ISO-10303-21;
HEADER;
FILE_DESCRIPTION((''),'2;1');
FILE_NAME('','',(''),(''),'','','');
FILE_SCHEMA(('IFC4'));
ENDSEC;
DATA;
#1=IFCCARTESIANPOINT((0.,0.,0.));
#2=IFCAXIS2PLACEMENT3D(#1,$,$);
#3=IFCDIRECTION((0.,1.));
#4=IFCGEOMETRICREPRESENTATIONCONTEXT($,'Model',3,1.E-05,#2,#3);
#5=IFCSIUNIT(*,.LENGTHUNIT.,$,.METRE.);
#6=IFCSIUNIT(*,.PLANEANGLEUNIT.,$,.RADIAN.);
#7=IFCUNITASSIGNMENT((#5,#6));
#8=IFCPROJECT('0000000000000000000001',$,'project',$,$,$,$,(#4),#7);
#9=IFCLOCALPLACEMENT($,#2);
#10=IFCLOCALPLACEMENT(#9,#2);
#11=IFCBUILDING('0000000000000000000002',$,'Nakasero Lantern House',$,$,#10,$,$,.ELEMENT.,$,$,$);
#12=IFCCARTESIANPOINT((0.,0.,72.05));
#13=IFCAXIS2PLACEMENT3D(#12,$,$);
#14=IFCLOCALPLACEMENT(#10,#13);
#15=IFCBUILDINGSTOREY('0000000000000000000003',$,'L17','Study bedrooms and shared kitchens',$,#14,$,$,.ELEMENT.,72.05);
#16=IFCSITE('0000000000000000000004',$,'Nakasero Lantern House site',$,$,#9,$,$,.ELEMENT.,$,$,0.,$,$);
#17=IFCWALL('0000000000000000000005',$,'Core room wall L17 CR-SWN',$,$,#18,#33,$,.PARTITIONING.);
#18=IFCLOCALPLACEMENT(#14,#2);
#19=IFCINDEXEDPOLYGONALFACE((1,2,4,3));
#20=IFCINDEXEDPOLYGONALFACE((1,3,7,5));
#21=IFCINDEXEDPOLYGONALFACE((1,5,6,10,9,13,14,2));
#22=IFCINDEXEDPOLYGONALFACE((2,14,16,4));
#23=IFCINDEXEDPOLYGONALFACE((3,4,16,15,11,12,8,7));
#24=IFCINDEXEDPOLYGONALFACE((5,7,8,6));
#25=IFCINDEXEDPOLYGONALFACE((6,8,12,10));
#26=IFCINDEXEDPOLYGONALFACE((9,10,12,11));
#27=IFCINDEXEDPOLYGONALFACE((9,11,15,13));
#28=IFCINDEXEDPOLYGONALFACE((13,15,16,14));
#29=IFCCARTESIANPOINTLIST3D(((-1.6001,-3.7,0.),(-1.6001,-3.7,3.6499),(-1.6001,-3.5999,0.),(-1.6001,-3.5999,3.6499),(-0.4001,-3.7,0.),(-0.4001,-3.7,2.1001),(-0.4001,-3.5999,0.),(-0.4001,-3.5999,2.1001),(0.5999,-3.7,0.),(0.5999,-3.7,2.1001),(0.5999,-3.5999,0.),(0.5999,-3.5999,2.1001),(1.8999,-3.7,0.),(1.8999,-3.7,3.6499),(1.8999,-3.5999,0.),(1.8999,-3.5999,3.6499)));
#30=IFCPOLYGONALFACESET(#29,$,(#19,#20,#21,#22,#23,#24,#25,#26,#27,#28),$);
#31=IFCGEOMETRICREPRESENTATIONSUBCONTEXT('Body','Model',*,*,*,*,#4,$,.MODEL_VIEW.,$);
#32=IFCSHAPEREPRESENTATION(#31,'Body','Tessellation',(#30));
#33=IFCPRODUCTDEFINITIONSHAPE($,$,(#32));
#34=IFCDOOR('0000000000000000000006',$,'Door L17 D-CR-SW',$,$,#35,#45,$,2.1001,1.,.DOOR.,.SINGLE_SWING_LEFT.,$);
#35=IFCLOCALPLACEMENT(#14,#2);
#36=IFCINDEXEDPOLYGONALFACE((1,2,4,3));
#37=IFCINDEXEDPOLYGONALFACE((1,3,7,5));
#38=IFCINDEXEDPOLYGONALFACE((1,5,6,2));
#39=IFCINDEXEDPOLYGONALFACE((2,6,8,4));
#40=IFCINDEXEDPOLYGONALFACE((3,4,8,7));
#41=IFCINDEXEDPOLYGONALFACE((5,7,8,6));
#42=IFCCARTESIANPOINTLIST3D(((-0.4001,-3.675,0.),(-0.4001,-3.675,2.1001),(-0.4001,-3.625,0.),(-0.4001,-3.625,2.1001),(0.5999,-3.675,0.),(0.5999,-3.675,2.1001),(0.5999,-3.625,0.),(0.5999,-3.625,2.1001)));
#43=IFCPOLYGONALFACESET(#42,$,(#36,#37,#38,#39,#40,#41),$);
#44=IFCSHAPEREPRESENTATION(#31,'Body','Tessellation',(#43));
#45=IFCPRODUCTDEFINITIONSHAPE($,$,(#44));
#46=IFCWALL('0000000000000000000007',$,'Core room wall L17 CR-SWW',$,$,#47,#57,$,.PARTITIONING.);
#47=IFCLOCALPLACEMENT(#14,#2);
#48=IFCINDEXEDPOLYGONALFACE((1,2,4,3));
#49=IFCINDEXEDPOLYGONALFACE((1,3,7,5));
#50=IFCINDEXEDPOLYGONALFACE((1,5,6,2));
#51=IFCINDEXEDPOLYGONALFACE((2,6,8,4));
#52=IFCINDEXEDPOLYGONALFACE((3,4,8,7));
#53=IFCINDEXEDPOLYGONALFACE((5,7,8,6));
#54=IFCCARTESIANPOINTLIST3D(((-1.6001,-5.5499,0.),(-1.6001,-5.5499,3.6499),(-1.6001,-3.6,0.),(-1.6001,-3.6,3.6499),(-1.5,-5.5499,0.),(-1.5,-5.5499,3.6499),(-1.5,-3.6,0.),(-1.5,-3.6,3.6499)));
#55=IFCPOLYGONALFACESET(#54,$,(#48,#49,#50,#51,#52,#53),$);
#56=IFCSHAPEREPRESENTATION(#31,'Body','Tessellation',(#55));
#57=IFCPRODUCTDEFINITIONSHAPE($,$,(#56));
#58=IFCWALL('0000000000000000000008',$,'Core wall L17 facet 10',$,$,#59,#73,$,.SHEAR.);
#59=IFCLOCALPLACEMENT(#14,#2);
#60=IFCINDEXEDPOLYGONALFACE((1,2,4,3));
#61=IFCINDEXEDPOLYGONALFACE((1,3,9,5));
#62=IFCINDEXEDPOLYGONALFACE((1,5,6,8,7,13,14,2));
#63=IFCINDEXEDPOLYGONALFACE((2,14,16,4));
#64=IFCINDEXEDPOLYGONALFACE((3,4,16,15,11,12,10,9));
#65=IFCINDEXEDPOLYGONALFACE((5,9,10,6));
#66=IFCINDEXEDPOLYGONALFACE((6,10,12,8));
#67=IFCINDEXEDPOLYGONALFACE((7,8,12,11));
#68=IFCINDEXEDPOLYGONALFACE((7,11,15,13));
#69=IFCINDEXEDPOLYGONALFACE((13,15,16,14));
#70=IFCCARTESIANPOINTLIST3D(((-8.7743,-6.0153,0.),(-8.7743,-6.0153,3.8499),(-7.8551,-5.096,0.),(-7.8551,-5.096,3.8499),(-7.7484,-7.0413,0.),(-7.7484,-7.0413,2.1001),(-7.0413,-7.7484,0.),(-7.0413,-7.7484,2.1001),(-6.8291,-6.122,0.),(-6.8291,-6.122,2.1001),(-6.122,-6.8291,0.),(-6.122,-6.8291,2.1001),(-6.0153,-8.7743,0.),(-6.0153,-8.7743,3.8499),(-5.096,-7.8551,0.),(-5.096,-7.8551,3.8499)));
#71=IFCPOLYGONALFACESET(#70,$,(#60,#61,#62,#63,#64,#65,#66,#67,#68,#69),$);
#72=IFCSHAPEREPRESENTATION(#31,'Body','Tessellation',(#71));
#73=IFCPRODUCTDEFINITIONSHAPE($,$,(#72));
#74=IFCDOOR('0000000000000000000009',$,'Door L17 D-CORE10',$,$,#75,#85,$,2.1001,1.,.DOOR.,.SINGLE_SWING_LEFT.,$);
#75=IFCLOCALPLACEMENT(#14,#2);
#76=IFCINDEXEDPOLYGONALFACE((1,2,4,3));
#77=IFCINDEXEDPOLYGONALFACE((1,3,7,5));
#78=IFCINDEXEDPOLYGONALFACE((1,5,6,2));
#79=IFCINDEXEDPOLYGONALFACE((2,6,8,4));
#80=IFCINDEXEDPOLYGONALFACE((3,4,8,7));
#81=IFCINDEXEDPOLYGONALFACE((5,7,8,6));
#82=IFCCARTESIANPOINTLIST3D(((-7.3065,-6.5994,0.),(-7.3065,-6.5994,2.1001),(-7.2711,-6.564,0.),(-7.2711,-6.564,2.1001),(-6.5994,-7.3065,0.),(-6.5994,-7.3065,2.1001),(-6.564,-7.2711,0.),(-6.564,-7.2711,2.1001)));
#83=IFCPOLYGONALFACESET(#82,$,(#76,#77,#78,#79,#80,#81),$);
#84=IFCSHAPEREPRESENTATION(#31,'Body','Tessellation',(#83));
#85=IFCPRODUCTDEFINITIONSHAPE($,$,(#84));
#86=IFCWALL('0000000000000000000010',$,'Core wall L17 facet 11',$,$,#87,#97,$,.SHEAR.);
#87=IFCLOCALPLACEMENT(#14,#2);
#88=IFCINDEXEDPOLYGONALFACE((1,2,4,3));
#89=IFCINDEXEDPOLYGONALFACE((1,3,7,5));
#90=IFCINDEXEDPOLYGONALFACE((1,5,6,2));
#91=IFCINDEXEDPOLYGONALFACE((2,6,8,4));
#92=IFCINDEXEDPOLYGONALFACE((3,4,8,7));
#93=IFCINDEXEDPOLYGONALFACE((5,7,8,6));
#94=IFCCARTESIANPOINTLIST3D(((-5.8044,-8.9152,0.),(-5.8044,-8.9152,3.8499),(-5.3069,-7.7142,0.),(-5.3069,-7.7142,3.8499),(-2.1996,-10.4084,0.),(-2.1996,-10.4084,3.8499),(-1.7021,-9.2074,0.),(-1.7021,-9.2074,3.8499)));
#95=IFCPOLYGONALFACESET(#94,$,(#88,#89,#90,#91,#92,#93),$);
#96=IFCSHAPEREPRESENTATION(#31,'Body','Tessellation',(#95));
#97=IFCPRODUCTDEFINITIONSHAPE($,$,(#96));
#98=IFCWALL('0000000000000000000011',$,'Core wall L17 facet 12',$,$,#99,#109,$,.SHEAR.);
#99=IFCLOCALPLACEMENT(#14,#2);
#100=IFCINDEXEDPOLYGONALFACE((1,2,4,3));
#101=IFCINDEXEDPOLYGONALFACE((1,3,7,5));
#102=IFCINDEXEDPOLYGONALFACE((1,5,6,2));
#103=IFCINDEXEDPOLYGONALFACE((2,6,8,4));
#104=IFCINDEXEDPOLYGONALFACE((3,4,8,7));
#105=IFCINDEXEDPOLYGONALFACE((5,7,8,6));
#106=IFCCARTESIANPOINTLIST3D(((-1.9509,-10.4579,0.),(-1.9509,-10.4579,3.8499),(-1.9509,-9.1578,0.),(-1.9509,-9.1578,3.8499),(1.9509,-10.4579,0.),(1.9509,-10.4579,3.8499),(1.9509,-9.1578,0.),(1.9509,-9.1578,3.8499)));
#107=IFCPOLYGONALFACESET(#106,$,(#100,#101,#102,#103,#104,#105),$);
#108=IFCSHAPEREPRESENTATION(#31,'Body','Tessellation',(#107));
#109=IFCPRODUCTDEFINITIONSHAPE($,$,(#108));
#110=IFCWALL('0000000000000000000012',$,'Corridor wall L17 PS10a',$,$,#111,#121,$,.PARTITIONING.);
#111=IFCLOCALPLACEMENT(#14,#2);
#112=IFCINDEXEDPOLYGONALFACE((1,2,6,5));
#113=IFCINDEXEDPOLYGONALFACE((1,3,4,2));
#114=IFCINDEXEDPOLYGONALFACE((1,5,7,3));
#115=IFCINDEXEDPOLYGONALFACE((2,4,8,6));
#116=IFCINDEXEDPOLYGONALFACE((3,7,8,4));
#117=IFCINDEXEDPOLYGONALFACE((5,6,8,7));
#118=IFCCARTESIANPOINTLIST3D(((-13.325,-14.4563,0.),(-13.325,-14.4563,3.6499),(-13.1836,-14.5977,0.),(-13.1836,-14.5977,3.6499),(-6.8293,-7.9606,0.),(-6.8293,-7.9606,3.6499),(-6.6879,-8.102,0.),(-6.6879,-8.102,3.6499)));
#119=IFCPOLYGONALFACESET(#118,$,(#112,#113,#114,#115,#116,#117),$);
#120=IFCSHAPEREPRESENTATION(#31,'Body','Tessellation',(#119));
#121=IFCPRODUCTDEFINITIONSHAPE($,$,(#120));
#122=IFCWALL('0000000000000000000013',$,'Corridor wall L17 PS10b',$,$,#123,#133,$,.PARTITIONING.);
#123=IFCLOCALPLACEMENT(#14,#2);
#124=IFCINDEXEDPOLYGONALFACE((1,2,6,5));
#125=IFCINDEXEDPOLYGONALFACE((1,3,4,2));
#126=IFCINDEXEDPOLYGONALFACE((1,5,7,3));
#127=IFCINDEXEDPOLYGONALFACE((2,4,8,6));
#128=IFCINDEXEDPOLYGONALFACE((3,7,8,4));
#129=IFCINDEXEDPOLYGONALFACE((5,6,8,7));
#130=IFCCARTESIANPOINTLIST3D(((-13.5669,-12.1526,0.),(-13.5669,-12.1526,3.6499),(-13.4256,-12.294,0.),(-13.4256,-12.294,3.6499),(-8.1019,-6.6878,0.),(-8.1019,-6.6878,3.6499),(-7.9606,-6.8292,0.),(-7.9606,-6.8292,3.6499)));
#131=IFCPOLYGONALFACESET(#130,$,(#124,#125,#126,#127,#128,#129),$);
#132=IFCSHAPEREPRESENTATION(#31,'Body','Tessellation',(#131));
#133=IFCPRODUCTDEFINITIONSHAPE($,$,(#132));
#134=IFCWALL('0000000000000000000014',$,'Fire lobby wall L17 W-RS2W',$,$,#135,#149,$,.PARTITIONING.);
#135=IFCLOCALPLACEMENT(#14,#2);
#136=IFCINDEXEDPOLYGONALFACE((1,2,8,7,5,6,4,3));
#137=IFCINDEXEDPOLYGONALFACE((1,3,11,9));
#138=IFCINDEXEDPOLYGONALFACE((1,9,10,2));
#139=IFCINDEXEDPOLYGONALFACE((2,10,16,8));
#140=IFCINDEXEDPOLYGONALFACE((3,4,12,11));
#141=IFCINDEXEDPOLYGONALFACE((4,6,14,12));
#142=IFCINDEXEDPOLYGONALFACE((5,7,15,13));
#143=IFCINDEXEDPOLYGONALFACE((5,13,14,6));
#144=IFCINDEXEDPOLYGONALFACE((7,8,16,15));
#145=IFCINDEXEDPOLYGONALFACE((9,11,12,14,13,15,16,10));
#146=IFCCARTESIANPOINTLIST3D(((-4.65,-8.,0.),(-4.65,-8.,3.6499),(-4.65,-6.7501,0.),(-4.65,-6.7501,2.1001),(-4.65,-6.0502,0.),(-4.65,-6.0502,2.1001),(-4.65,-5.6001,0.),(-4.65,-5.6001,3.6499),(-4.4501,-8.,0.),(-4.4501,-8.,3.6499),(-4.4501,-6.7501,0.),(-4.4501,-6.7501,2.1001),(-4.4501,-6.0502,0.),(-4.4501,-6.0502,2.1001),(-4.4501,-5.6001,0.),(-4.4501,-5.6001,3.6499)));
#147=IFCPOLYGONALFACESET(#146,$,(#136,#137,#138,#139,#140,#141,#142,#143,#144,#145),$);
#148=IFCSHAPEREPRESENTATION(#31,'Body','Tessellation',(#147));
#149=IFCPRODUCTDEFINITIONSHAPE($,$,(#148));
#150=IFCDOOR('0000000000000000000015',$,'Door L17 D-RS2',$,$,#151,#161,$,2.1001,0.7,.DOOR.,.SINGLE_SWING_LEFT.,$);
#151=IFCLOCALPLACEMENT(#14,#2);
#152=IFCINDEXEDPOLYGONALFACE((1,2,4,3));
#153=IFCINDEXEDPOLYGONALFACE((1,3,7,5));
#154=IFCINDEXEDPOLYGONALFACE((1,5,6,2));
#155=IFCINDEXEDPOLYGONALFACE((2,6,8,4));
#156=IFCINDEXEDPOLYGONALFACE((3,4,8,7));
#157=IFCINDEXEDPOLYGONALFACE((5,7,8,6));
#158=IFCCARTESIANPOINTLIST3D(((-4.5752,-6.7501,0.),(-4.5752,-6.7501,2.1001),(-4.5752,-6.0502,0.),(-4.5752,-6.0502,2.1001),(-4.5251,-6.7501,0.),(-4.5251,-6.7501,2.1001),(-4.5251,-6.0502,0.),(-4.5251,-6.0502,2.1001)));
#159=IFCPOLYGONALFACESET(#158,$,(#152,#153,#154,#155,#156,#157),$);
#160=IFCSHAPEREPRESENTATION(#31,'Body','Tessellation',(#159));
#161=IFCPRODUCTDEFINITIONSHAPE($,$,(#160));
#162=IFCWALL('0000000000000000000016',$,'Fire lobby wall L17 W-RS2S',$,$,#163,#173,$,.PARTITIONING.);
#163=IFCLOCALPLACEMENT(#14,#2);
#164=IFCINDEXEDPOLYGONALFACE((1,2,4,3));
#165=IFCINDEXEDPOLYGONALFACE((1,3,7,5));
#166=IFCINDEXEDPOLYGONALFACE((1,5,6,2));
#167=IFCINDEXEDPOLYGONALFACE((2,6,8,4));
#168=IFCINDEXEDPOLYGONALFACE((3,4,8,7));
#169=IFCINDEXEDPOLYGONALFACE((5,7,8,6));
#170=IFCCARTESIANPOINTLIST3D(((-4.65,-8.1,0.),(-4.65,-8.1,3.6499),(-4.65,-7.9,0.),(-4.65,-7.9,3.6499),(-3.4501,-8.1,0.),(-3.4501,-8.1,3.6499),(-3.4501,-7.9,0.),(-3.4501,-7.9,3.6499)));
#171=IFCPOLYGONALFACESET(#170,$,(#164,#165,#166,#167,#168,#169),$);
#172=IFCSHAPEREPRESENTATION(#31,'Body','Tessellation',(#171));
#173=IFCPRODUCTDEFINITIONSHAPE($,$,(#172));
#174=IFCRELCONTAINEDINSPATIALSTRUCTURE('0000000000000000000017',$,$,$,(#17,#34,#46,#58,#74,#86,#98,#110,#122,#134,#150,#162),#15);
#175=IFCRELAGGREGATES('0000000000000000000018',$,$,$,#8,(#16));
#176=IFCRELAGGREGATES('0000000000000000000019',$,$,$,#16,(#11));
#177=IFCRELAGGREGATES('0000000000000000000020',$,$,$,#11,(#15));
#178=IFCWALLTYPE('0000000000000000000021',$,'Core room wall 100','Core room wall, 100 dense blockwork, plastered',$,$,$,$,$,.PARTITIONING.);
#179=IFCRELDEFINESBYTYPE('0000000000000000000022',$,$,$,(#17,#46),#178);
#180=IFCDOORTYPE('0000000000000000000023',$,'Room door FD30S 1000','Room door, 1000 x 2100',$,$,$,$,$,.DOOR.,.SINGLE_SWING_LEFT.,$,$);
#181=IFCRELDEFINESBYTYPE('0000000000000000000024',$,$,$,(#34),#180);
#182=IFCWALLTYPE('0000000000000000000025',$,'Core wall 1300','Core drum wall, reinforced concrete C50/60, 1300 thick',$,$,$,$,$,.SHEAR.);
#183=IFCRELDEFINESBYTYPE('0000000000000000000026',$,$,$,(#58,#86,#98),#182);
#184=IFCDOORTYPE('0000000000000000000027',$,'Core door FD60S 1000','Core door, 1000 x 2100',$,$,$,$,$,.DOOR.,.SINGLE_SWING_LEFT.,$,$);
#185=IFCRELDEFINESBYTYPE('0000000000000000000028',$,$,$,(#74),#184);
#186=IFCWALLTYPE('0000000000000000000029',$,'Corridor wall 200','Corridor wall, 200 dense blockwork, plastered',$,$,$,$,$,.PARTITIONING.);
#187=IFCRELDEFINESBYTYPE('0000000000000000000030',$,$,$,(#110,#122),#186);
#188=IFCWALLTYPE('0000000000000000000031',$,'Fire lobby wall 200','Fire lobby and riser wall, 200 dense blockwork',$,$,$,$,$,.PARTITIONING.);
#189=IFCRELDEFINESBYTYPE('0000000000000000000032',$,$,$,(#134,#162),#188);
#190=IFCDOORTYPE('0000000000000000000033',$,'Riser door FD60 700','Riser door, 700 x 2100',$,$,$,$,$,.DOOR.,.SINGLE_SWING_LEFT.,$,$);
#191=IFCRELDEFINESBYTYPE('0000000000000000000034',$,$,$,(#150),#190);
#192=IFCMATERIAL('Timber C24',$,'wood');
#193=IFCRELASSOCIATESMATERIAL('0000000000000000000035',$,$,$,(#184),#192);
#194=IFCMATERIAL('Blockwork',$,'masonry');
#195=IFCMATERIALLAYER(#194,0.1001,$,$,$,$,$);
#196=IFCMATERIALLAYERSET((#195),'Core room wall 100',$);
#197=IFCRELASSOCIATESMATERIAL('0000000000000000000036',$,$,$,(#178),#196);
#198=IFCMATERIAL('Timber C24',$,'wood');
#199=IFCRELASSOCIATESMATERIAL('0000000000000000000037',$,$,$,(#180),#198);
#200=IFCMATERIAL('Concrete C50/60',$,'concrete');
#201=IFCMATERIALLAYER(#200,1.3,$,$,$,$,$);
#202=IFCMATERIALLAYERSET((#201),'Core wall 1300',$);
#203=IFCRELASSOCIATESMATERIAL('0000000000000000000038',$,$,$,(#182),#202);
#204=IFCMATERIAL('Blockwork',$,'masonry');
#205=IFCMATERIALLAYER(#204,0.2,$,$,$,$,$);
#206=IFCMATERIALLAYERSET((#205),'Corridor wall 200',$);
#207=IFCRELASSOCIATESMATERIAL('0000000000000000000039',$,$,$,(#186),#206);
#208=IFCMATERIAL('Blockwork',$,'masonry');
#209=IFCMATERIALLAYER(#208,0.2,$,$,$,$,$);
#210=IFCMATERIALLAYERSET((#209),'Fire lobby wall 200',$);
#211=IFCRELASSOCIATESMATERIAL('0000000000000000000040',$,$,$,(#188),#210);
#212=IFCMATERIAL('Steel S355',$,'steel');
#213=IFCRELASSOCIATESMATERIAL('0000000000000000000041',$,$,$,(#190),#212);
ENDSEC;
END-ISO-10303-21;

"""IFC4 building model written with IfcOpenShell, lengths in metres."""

from ifc_helpers import new_model, si_unit, direction, frame, frame_2d, origin, place, context, subcontext, project, spatial, rectangle, extrude, material, layer, layer_set, type_object, element, fill, save


model = new_model("IFC4")

# Units and contexts
model_context = context("Model", 3, precision=1e-05, world=origin(), true_north=direction((0.0, 1.0)))
body_context = subcontext(model_context, "Body", "Model", "MODEL_VIEW")
ifc_project = project(units=[si_unit("LENGTHUNIT", "METRE"), si_unit("PLANEANGLEUNIT", "RADIAN")], contexts=[model_context])

# Site, building, storey
site_placement = place(None, origin())
site = spatial("IfcSite", under=ifc_project, at=site_placement, Name="Nakasero Lantern House site", CompositionType="ELEMENT", RefElevation=0.0)
building_placement = place(site_placement, origin())
building = spatial("IfcBuilding", under=site, at=building_placement, Name="Nakasero Lantern House", CompositionType="ELEMENT")
storey_placement = place(building_placement, frame((0.0, 0.0, 72.05)))
storey = spatial("IfcBuildingStorey", under=building, at=storey_placement, Name="L17", Description="Study bedrooms and shared kitchens", CompositionType="ELEMENT", Elevation=72.05)

# Shared definitions
ifc_material_1 = material(Name="Timber C24", Category="wood")
door_type_1 = type_object("IfcDoorType", Name="Core door FD60S 1000", Description="Core door, 1000 x 2100", OperationType="SINGLE_SWING_LEFT", PredefinedType="DOOR", material=ifc_material_1)

# Wall, opening, door
ifc_material_2 = material(Name="Blockwork", Category="masonry")
ifc_layer_1 = layer(ifc_material_2, 0.1001)
ifc_layer_set_1 = layer_set([ifc_layer_1], Name="Core room wall 100")
wall_type_1 = type_object("IfcWallType", Name="Core room wall 100", Description="Core room wall, 100 dense blockwork, plastered", PredefinedType="PARTITIONING", material=ifc_layer_set_1)
wall_1_placement = place(storey_placement, frame((-1.6001, -3.6499, 0.0), z_axis=(0.0, 0.0, 1.0), x_axis=(1.0, 0.0, 0.0)))
wall_1 = element("IfcWall", 1, at=wall_1_placement, inside=storey, type_object=wall_type_1, Name="Core room wall L17 CR-SWN", PredefinedType="PARTITIONING", context=body_context, shape_type="SweptSolid", body=[
    extrude(rectangle(XDim=3.5, YDim=0.1001, at=frame_2d((1.75, 0.0))), origin(), (0.0, 0.0, 1.0), 3.6499),
])
opening_1_placement = place(wall_1_placement, frame((1.2, 0.0, 0.0)))
opening_1 = element("IfcOpeningElement", 2, at=opening_1_placement, cuts=wall_1, PredefinedType="OPENING", context=body_context, shape_type="SweptSolid", body=[
    extrude(rectangle(XDim=1.0, YDim=2.1001, at=frame_2d((0.5, 1.05))), frame((0.0, 0.0701, 0.0), z_axis=(0.0, -1.0, 0.0), x_axis=(1.0, 0.0, 0.0)), (0.0, 0.0, 1.0), 0.1401),
])
ifc_material_3 = material(Name="Timber C24", Category="wood")
door_type_2 = type_object("IfcDoorType", Name="Room door FD30S 1000", Description="Room door, 1000 x 2100", OperationType="SINGLE_SWING_LEFT", PredefinedType="DOOR", material=ifc_material_3)
door_1_placement = place(opening_1_placement, origin())
door_1 = element("IfcDoor", 3, at=door_1_placement, inside=storey, type_object=door_type_2, Name="Door L17 D-CR-SW", OperationType="SINGLE_SWING_LEFT", OverallHeight=2.1001, OverallWidth=1.0, PredefinedType="DOOR", context=body_context, shape_type="SweptSolid", body=[
    extrude(rectangle(XDim=1.0, YDim=2.1001, at=frame_2d((0.5, 1.05))), frame((0.0, 0.0249, 0.0), z_axis=(0.0, -1.0, 0.0), x_axis=(1.0, 0.0, 0.0)), (0.0, 0.0, 1.0), 0.05),
])
fill(opening_1, door_1)

# Wall
wall_2_placement = place(storey_placement, frame((-1.55, -5.55, 0.0), z_axis=(0.0, 0.0, 1.0), x_axis=(0.0, 1.0, 0.0)))
element("IfcWall", 4, at=wall_2_placement, inside=storey, type_object=wall_type_1, Name="Core room wall L17 CR-SWW", PredefinedType="PARTITIONING", context=body_context, shape_type="SweptSolid", body=[
    extrude(rectangle(XDim=1.95, YDim=0.1001, at=frame_2d((0.9751, 0.0))), origin(), (0.0, 0.0, 1.0), 3.6499),
])

# Wall, opening, door
ifc_material_4 = material(Name="Concrete C50/60", Category="concrete")
ifc_layer_2 = layer(ifc_material_4, 1.3)
ifc_layer_set_2 = layer_set([ifc_layer_2], Name="Core wall 1300")
wall_type_2 = type_object("IfcWallType", Name="Core wall 1300", Description="Core drum wall, reinforced concrete C50/60, 1300 thick", PredefinedType="SHEAR", material=ifc_layer_set_2)
wall_3_placement = place(storey_placement, frame((-8.3147, -5.5557, 0.0), z_axis=(0.0, 0.0, 1.0), x_axis=(0.707107, -0.707107, 0.0)))
wall_3 = element("IfcWall", 5, at=wall_3_placement, inside=storey, type_object=wall_type_2, Name="Core wall L17 facet 10", PredefinedType="SHEAR", context=body_context, shape_type="SweptSolid", body=[
    extrude(rectangle(XDim=3.9019, YDim=1.3, at=frame_2d((1.9509, 0.0))), origin(), (0.0, 0.0, 1.0), 3.8499),
])
opening_2_placement = place(wall_3_placement, frame((1.4509, 0.0, 0.0)))
opening_2 = element("IfcOpeningElement", 6, at=opening_2_placement, cuts=wall_3, PredefinedType="OPENING", context=body_context, shape_type="SweptSolid", body=[
    extrude(rectangle(XDim=1.0, YDim=2.1001, at=frame_2d((0.5, 1.05))), frame((0.0, 0.6699, 0.0), z_axis=(0.0, -1.0, 0.0), x_axis=(1.0, 0.0, 0.0)), (0.0, 0.0, 1.0), 1.3401),
])
door_2_placement = place(opening_2_placement, origin())
door_2 = element("IfcDoor", 7, at=door_2_placement, inside=storey, type_object=door_type_1, Name="Door L17 D-CORE10", OperationType="SINGLE_SWING_LEFT", OverallHeight=2.1001, OverallWidth=1.0, PredefinedType="DOOR", context=body_context, shape_type="SweptSolid", body=[
    extrude(rectangle(XDim=1.0, YDim=2.1001, at=frame_2d((0.5, 1.05))), frame((0.0, 0.0249, 0.0), z_axis=(0.0, -1.0, 0.0), x_axis=(1.0, 0.0, 0.0)), (0.0, 0.0, 1.0), 0.05),
])
fill(opening_2, door_2)

# Walls
for number, where, z_axis, x_axis, name in (
    (8, (-5.5557, -8.3147, 0.0), (0.0, 0.0, 1.0), (0.923877, -0.382691, 0.0), "Core wall L17 facet 11"),
    (9, (-1.9509, -9.8079, 0.0), (0.0, 0.0, 1.0), (1.0, 0.0, 0.0), "Core wall L17 facet 12"),
):
    element("IfcWall", number, at=place(storey_placement, frame(where, z_axis=z_axis, x_axis=x_axis)), inside=storey, type_object=wall_type_2, Name=name, PredefinedType="SHEAR", context=body_context, shape_type="SweptSolid", body=[
        extrude(rectangle(XDim=3.9019, YDim=1.3, at=frame_2d((1.9509, 0.0))), origin(), (0.0, 0.0, 1.0), 3.8499),
    ])
ifc_material_5 = material(Name="Blockwork", Category="masonry")
ifc_layer_3 = layer(ifc_material_5, 0.2)
ifc_layer_set_3 = layer_set([ifc_layer_3], Name="Corridor wall 200")
wall_type_3 = type_object("IfcWallType", Name="Corridor wall 200", Description="Corridor wall, 200 dense blockwork, plastered", PredefinedType="PARTITIONING", material=ifc_layer_set_3)
wall_4_placement = place(storey_placement, frame((-6.7585, -8.0312, 0.0), z_axis=(0.0, 0.0, 1.0), x_axis=(-0.707107, -0.707107, 0.0)))
element("IfcWall", 10, at=wall_4_placement, inside=storey, type_object=wall_type_3, Name="Corridor wall L17 PS10a", PredefinedType="PARTITIONING", context=body_context, shape_type="SweptSolid", body=[
    extrude(rectangle(XDim=9.1863, YDim=0.2, at=frame_2d((4.5933, 0.0))), origin(), (0.0, 0.0, 1.0), 3.6499),
])
wall_5_placement = place(storey_placement, frame((-8.0312, -6.7585, 0.0), z_axis=(0.0, 0.0, 1.0), x_axis=(-0.707123, -0.707091, 0.0)))
element("IfcWall", 11, at=wall_5_placement, inside=storey, type_object=wall_type_3, Name="Corridor wall L17 PS10b", PredefinedType="PARTITIONING", context=body_context, shape_type="SweptSolid", body=[
    extrude(rectangle(XDim=7.7285, YDim=0.2, at=frame_2d((3.8643, 0.0))), origin(), (0.0, 0.0, 1.0), 3.6499),
])

# Wall, opening, door
ifc_material_6 = material(Name="Blockwork", Category="masonry")
ifc_layer_4 = layer(ifc_material_6, 0.2)
ifc_layer_set_4 = layer_set([ifc_layer_4], Name="Fire lobby wall 200")
wall_type_4 = type_object("IfcWallType", Name="Fire lobby wall 200", Description="Fire lobby and riser wall, 200 dense blockwork", PredefinedType="PARTITIONING", material=ifc_layer_set_4)
wall_6_placement = place(storey_placement, frame((-4.55, -5.6001, 0.0), z_axis=(0.0, 0.0, 1.0), x_axis=(0.0, -1.0, 0.0)))
wall_6 = element("IfcWall", 12, at=wall_6_placement, inside=storey, type_object=wall_type_4, Name="Fire lobby wall L17 W-RS2W", PredefinedType="PARTITIONING", context=body_context, shape_type="SweptSolid", body=[
    extrude(rectangle(XDim=2.3999, YDim=0.2, at=frame_2d((1.2, 0.0))), origin(), (0.0, 0.0, 1.0), 3.6499),
])
opening_3_placement = place(wall_6_placement, frame((0.45, 0.0, 0.0)))
opening_3 = element("IfcOpeningElement", 13, at=opening_3_placement, cuts=wall_6, PredefinedType="OPENING", context=body_context, shape_type="SweptSolid", body=[
    extrude(rectangle(XDim=0.7, YDim=2.1001, at=frame_2d((0.3501, 1.05))), frame((0.0, 0.1199, 0.0), z_axis=(0.0, -1.0, 0.0), x_axis=(1.0, 0.0, 0.0)), (0.0, 0.0, 1.0), 0.24),
])
ifc_material_7 = material(Name="Steel S355", Category="steel")
door_type_3 = type_object("IfcDoorType", Name="Riser door FD60 700", Description="Riser door, 700 x 2100", OperationType="SINGLE_SWING_LEFT", PredefinedType="DOOR", material=ifc_material_7)
door_3_placement = place(opening_3_placement, origin())
door_3 = element("IfcDoor", 14, at=door_3_placement, inside=storey, type_object=door_type_3, Name="Door L17 D-RS2", OperationType="SINGLE_SWING_LEFT", OverallHeight=2.1001, OverallWidth=0.7, PredefinedType="DOOR", context=body_context, shape_type="SweptSolid", body=[
    extrude(rectangle(XDim=0.7, YDim=2.1001, at=frame_2d((0.3501, 1.05))), frame((0.0, 0.0249, 0.0), z_axis=(0.0, -1.0, 0.0), x_axis=(1.0, 0.0, 0.0)), (0.0, 0.0, 1.0), 0.05),
])
fill(opening_3, door_3)

# Wall
for number, where, z_axis, x_axis, name in (
    (15, (-3.45, -8.0, 0.0), (0.0, 0.0, 1.0), (-1.0, 0.0, 0.0), "Fire lobby wall L17 W-RS2S"),
):
    element("IfcWall", number, at=place(storey_placement, frame(where, z_axis=z_axis, x_axis=x_axis)), inside=storey, type_object=wall_type_4, Name=name, PredefinedType="PARTITIONING", context=body_context, shape_type="SweptSolid", body=[
        extrude(rectangle(XDim=1.2, YDim=0.2, at=frame_2d((0.6001, 0.0))), origin(), (0.0, 0.0, 1.0), 3.6499),
    ])

save(model, "model.ifc")
